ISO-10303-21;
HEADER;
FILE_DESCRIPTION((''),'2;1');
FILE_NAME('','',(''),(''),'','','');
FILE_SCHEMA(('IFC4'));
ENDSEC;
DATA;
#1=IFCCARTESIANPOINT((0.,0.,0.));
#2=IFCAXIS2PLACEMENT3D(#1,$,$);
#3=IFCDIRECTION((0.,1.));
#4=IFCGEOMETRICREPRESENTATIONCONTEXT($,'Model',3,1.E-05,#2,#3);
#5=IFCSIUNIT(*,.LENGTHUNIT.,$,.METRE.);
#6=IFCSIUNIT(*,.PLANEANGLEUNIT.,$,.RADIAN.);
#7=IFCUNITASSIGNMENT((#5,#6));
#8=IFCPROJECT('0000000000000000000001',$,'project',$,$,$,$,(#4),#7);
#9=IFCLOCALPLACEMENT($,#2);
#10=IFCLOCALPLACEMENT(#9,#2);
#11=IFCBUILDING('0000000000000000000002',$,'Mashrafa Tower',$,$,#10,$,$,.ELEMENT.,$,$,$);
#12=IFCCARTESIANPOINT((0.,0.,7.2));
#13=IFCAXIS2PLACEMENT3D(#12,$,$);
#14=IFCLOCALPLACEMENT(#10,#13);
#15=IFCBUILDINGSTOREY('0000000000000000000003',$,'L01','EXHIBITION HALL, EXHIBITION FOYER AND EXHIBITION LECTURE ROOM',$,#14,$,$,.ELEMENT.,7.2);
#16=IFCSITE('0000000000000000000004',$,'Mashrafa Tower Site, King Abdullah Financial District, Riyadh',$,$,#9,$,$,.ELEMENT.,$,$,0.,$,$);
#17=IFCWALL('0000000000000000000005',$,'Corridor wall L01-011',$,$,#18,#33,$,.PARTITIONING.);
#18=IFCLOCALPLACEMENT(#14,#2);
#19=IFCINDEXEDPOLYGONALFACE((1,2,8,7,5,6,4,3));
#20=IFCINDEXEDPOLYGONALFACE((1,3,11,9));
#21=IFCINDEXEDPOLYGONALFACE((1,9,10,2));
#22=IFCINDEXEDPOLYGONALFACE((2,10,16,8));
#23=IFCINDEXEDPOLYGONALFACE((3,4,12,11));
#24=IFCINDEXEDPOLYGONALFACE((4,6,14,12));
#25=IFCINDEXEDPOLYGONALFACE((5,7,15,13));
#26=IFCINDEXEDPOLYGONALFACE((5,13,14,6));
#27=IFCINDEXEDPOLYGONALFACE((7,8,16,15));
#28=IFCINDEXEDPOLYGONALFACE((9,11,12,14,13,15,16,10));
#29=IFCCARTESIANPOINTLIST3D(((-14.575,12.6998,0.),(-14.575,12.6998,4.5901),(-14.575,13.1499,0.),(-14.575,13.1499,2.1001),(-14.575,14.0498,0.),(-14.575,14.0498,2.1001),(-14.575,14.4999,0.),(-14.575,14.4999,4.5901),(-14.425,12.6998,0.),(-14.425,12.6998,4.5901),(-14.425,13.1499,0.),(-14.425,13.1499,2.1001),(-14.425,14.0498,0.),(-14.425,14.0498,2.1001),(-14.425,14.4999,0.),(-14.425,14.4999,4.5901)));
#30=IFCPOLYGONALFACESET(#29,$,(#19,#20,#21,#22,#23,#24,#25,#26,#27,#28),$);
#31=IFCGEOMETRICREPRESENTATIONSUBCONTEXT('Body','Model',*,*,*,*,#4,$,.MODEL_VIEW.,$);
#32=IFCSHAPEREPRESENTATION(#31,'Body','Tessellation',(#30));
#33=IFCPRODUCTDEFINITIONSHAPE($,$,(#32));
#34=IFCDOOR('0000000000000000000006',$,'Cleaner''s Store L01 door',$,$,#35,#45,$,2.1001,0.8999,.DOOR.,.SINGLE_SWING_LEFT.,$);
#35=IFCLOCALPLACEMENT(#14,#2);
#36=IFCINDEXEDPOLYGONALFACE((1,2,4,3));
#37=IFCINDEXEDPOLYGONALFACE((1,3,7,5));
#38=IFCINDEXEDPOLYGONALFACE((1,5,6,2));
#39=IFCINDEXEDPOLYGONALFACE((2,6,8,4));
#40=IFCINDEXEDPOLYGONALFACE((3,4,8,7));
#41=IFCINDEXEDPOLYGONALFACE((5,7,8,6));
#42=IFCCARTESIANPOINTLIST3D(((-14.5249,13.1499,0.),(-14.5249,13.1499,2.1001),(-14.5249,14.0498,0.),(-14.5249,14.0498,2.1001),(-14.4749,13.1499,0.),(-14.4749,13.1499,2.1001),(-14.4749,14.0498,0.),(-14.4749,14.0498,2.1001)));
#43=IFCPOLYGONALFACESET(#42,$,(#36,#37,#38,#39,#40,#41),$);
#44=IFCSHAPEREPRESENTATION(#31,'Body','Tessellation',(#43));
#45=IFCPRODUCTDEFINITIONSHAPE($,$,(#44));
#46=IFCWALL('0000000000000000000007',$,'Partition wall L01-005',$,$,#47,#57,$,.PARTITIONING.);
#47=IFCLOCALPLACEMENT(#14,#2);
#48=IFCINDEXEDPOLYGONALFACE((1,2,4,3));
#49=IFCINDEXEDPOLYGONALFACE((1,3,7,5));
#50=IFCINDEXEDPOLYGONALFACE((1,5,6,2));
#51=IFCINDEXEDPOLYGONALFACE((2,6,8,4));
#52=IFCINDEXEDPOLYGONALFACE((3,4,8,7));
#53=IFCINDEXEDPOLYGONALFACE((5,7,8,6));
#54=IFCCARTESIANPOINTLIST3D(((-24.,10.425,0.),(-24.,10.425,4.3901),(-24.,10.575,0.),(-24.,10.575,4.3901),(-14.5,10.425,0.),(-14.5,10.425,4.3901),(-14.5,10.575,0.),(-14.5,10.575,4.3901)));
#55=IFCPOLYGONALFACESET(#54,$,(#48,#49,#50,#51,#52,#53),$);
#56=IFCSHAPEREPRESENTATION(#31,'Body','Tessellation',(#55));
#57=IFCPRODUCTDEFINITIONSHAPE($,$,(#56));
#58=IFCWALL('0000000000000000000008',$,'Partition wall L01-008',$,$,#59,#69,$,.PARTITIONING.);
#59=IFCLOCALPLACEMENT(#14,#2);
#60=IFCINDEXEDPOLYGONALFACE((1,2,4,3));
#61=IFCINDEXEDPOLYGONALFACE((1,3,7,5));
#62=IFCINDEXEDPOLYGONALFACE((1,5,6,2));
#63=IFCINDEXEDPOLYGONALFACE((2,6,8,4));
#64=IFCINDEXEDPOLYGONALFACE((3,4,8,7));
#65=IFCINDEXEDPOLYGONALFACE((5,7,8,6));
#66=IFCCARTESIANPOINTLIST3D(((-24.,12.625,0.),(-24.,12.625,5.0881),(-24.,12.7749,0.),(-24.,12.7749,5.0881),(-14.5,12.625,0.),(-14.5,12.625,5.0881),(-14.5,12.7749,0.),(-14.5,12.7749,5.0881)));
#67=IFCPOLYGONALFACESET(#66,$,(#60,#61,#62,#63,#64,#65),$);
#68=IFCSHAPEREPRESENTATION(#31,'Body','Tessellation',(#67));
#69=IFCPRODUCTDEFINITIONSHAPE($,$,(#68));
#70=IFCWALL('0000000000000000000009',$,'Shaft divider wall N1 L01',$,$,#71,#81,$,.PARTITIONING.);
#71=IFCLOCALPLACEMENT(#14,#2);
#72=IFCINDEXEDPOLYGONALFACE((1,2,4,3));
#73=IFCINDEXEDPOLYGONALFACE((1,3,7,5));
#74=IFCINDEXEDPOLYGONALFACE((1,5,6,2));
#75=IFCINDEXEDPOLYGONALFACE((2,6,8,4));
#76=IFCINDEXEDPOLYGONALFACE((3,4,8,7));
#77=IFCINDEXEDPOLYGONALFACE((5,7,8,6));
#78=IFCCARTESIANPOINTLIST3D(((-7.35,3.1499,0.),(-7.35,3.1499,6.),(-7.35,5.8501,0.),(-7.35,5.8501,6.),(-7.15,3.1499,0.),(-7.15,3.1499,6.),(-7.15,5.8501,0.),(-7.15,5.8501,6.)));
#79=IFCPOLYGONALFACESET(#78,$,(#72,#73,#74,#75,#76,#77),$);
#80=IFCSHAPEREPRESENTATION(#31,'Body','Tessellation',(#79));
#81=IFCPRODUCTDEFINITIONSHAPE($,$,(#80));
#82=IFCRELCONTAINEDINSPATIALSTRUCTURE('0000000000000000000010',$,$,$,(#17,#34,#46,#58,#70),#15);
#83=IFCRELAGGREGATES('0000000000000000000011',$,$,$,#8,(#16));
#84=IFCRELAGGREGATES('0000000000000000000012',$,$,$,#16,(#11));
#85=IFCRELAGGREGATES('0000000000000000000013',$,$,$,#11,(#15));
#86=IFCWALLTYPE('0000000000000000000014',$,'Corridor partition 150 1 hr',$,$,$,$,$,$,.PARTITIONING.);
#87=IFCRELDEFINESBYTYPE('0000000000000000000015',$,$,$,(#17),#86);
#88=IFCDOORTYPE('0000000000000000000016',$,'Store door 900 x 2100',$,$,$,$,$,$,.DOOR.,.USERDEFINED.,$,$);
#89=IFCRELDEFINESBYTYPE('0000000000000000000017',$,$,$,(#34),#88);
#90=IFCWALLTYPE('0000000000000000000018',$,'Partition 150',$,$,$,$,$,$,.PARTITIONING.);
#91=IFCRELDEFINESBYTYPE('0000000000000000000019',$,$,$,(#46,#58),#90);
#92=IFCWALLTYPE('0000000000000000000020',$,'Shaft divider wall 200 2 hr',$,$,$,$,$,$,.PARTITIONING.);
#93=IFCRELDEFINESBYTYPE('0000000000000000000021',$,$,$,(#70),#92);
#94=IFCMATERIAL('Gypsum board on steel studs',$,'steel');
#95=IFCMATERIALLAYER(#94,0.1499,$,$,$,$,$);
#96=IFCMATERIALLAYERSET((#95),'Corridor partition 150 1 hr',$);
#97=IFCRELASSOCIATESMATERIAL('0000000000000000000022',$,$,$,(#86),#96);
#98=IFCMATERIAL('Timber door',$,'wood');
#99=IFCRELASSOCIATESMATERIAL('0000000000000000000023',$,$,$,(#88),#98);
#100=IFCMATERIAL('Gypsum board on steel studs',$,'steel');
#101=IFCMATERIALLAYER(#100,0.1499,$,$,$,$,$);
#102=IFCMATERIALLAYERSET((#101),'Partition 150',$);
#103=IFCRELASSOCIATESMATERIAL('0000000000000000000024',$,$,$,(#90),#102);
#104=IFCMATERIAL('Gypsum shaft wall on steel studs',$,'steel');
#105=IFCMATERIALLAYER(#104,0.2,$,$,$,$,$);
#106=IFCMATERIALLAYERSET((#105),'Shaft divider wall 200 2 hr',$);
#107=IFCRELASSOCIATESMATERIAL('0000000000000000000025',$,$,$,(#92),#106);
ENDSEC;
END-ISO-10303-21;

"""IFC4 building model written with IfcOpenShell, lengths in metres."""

from ifc_helpers import new_model, si_unit, direction, frame, frame_2d, origin, place, context, subcontext, project, spatial, rectangle, extrude, material, layer, layer_set, type_object, element, fill, save


model = new_model("IFC4")

# Units and contexts
model_context = context("Model", 3, precision=1e-05, world=origin(), true_north=direction((0.0, 1.0)))
body_context = subcontext(model_context, "Body", "Model", "MODEL_VIEW")
ifc_project = project(units=[si_unit("LENGTHUNIT", "METRE"), si_unit("PLANEANGLEUNIT", "RADIAN")], contexts=[model_context])

# Site, building, storey
site_placement = place(None, origin())
site = spatial("IfcSite", under=ifc_project, at=site_placement, Name="Mashrafa Tower Site, King Abdullah Financial District, Riyadh", CompositionType="ELEMENT", RefElevation=0.0)
building_placement = place(site_placement, origin())
building = spatial("IfcBuilding", under=site, at=building_placement, Name="Mashrafa Tower", CompositionType="ELEMENT")
storey_placement = place(building_placement, frame((0.0, 0.0, 7.2)))
storey = spatial("IfcBuildingStorey", under=building, at=storey_placement, Name="L01", Description="EXHIBITION HALL, EXHIBITION FOYER AND EXHIBITION LECTURE ROOM", CompositionType="ELEMENT", Elevation=7.2)

# Shared definitions
ifc_material_1 = material(Name="Gypsum board on steel studs", Category="steel")
ifc_layer_1 = layer(ifc_material_1, 0.1499)
ifc_layer_set_1 = layer_set([ifc_layer_1], Name="Corridor partition 150 1 hr")
wall_type_1 = type_object("IfcWallType", Name="Corridor partition 150 1 hr", PredefinedType="PARTITIONING", material=ifc_layer_set_1)

# Wall, opening, door
wall_1_placement = place(storey_placement, frame((-14.5, 12.7, 0.0), z_axis=(0.0, 0.0, 1.0), x_axis=(0.0, 1.0, 0.0)))
wall_1 = element("IfcWall", 1, at=wall_1_placement, inside=storey, type_object=wall_type_1, Name="Corridor wall L01-011", PredefinedType="PARTITIONING", context=body_context, shape_type="SweptSolid", body=[
    extrude(rectangle(XDim=1.8, YDim=0.1499, at=frame_2d((0.8999, 0.0))), origin(), (0.0, 0.0, 1.0), 4.5901),
])
opening_1_placement = place(wall_1_placement, frame((0.45, 0.0, 0.0)))
opening_1 = element("IfcOpeningElement", 2, at=opening_1_placement, cuts=wall_1, PredefinedType="OPENING", context=body_context, shape_type="SweptSolid", body=[
    extrude(rectangle(XDim=0.8999, YDim=2.1001, at=frame_2d((0.45, 1.05))), frame((0.0, 0.085, 0.0), z_axis=(0.0, -1.0, 0.0), x_axis=(1.0, 0.0, 0.0)), (0.0, 0.0, 1.0), 0.1699),
])
ifc_material_2 = material(Name="Timber door", Category="wood")
door_type_1 = type_object("IfcDoorType", Name="Store door 900 x 2100", OperationType="USERDEFINED", PredefinedType="DOOR", material=ifc_material_2)
door_1_placement = place(opening_1_placement, origin())
door_1 = element("IfcDoor", 3, at=door_1_placement, inside=storey, type_object=door_type_1, Name="Cleaner's Store L01 door", OperationType="SINGLE_SWING_LEFT", OverallHeight=2.1001, OverallWidth=0.8999, PredefinedType="DOOR", context=body_context, shape_type="SweptSolid", body=[
    extrude(rectangle(XDim=0.8999, YDim=2.1001, at=frame_2d((0.45, 1.05))), frame((0.0, 0.0249, 0.0), z_axis=(0.0, -1.0, 0.0), x_axis=(1.0, 0.0, 0.0)), (0.0, 0.0, 1.0), 0.05),
])
fill(opening_1, door_1)

# Walls
ifc_material_3 = material(Name="Gypsum board on steel studs", Category="steel")
ifc_layer_2 = layer(ifc_material_3, 0.1499)
ifc_layer_set_2 = layer_set([ifc_layer_2], Name="Partition 150")
wall_type_2 = type_object("IfcWallType", Name="Partition 150", PredefinedType="PARTITIONING", material=ifc_layer_set_2)
wall_2_placement = place(storey_placement, frame((-14.5, 10.5, 0.0), z_axis=(0.0, 0.0, 1.0), x_axis=(-1.0, 0.0, 0.0)))
element("IfcWall", 4, at=wall_2_placement, inside=storey, type_object=wall_type_2, Name="Partition wall L01-005", PredefinedType="PARTITIONING", context=body_context, shape_type="SweptSolid", body=[
    extrude(rectangle(XDim=9.5, YDim=0.1499, at=frame_2d((4.75, 0.0))), origin(), (0.0, 0.0, 1.0), 4.3901),
])
wall_3_placement = place(storey_placement, frame((-14.5, 12.7, 0.0), z_axis=(0.0, 0.0, 1.0), x_axis=(-1.0, 0.0, 0.0)))
element("IfcWall", 5, at=wall_3_placement, inside=storey, type_object=wall_type_2, Name="Partition wall L01-008", PredefinedType="PARTITIONING", context=body_context, shape_type="SweptSolid", body=[
    extrude(rectangle(XDim=9.5, YDim=0.1499, at=frame_2d((4.75, 0.0))), origin(), (0.0, 0.0, 1.0), 5.0881),
])
ifc_material_4 = material(Name="Gypsum shaft wall on steel studs", Category="steel")
ifc_layer_3 = layer(ifc_material_4, 0.2)
ifc_layer_set_3 = layer_set([ifc_layer_3], Name="Shaft divider wall 200 2 hr")
wall_type_3 = type_object("IfcWallType", Name="Shaft divider wall 200 2 hr", PredefinedType="PARTITIONING", material=ifc_layer_set_3)
wall_4_placement = place(storey_placement, frame((-7.25, 3.1499, 0.0), z_axis=(0.0, 0.0, 1.0), x_axis=(0.0, 1.0, 0.0)))
element("IfcWall", 6, at=wall_4_placement, inside=storey, type_object=wall_type_3, Name="Shaft divider wall N1 L01", PredefinedType="PARTITIONING", context=body_context, shape_type="SweptSolid", body=[
    extrude(rectangle(XDim=2.7002, YDim=0.2, at=frame_2d((1.3501, 0.0))), origin(), (0.0, 0.0, 1.0), 6.0),
])

save(model, "model.ifc")
